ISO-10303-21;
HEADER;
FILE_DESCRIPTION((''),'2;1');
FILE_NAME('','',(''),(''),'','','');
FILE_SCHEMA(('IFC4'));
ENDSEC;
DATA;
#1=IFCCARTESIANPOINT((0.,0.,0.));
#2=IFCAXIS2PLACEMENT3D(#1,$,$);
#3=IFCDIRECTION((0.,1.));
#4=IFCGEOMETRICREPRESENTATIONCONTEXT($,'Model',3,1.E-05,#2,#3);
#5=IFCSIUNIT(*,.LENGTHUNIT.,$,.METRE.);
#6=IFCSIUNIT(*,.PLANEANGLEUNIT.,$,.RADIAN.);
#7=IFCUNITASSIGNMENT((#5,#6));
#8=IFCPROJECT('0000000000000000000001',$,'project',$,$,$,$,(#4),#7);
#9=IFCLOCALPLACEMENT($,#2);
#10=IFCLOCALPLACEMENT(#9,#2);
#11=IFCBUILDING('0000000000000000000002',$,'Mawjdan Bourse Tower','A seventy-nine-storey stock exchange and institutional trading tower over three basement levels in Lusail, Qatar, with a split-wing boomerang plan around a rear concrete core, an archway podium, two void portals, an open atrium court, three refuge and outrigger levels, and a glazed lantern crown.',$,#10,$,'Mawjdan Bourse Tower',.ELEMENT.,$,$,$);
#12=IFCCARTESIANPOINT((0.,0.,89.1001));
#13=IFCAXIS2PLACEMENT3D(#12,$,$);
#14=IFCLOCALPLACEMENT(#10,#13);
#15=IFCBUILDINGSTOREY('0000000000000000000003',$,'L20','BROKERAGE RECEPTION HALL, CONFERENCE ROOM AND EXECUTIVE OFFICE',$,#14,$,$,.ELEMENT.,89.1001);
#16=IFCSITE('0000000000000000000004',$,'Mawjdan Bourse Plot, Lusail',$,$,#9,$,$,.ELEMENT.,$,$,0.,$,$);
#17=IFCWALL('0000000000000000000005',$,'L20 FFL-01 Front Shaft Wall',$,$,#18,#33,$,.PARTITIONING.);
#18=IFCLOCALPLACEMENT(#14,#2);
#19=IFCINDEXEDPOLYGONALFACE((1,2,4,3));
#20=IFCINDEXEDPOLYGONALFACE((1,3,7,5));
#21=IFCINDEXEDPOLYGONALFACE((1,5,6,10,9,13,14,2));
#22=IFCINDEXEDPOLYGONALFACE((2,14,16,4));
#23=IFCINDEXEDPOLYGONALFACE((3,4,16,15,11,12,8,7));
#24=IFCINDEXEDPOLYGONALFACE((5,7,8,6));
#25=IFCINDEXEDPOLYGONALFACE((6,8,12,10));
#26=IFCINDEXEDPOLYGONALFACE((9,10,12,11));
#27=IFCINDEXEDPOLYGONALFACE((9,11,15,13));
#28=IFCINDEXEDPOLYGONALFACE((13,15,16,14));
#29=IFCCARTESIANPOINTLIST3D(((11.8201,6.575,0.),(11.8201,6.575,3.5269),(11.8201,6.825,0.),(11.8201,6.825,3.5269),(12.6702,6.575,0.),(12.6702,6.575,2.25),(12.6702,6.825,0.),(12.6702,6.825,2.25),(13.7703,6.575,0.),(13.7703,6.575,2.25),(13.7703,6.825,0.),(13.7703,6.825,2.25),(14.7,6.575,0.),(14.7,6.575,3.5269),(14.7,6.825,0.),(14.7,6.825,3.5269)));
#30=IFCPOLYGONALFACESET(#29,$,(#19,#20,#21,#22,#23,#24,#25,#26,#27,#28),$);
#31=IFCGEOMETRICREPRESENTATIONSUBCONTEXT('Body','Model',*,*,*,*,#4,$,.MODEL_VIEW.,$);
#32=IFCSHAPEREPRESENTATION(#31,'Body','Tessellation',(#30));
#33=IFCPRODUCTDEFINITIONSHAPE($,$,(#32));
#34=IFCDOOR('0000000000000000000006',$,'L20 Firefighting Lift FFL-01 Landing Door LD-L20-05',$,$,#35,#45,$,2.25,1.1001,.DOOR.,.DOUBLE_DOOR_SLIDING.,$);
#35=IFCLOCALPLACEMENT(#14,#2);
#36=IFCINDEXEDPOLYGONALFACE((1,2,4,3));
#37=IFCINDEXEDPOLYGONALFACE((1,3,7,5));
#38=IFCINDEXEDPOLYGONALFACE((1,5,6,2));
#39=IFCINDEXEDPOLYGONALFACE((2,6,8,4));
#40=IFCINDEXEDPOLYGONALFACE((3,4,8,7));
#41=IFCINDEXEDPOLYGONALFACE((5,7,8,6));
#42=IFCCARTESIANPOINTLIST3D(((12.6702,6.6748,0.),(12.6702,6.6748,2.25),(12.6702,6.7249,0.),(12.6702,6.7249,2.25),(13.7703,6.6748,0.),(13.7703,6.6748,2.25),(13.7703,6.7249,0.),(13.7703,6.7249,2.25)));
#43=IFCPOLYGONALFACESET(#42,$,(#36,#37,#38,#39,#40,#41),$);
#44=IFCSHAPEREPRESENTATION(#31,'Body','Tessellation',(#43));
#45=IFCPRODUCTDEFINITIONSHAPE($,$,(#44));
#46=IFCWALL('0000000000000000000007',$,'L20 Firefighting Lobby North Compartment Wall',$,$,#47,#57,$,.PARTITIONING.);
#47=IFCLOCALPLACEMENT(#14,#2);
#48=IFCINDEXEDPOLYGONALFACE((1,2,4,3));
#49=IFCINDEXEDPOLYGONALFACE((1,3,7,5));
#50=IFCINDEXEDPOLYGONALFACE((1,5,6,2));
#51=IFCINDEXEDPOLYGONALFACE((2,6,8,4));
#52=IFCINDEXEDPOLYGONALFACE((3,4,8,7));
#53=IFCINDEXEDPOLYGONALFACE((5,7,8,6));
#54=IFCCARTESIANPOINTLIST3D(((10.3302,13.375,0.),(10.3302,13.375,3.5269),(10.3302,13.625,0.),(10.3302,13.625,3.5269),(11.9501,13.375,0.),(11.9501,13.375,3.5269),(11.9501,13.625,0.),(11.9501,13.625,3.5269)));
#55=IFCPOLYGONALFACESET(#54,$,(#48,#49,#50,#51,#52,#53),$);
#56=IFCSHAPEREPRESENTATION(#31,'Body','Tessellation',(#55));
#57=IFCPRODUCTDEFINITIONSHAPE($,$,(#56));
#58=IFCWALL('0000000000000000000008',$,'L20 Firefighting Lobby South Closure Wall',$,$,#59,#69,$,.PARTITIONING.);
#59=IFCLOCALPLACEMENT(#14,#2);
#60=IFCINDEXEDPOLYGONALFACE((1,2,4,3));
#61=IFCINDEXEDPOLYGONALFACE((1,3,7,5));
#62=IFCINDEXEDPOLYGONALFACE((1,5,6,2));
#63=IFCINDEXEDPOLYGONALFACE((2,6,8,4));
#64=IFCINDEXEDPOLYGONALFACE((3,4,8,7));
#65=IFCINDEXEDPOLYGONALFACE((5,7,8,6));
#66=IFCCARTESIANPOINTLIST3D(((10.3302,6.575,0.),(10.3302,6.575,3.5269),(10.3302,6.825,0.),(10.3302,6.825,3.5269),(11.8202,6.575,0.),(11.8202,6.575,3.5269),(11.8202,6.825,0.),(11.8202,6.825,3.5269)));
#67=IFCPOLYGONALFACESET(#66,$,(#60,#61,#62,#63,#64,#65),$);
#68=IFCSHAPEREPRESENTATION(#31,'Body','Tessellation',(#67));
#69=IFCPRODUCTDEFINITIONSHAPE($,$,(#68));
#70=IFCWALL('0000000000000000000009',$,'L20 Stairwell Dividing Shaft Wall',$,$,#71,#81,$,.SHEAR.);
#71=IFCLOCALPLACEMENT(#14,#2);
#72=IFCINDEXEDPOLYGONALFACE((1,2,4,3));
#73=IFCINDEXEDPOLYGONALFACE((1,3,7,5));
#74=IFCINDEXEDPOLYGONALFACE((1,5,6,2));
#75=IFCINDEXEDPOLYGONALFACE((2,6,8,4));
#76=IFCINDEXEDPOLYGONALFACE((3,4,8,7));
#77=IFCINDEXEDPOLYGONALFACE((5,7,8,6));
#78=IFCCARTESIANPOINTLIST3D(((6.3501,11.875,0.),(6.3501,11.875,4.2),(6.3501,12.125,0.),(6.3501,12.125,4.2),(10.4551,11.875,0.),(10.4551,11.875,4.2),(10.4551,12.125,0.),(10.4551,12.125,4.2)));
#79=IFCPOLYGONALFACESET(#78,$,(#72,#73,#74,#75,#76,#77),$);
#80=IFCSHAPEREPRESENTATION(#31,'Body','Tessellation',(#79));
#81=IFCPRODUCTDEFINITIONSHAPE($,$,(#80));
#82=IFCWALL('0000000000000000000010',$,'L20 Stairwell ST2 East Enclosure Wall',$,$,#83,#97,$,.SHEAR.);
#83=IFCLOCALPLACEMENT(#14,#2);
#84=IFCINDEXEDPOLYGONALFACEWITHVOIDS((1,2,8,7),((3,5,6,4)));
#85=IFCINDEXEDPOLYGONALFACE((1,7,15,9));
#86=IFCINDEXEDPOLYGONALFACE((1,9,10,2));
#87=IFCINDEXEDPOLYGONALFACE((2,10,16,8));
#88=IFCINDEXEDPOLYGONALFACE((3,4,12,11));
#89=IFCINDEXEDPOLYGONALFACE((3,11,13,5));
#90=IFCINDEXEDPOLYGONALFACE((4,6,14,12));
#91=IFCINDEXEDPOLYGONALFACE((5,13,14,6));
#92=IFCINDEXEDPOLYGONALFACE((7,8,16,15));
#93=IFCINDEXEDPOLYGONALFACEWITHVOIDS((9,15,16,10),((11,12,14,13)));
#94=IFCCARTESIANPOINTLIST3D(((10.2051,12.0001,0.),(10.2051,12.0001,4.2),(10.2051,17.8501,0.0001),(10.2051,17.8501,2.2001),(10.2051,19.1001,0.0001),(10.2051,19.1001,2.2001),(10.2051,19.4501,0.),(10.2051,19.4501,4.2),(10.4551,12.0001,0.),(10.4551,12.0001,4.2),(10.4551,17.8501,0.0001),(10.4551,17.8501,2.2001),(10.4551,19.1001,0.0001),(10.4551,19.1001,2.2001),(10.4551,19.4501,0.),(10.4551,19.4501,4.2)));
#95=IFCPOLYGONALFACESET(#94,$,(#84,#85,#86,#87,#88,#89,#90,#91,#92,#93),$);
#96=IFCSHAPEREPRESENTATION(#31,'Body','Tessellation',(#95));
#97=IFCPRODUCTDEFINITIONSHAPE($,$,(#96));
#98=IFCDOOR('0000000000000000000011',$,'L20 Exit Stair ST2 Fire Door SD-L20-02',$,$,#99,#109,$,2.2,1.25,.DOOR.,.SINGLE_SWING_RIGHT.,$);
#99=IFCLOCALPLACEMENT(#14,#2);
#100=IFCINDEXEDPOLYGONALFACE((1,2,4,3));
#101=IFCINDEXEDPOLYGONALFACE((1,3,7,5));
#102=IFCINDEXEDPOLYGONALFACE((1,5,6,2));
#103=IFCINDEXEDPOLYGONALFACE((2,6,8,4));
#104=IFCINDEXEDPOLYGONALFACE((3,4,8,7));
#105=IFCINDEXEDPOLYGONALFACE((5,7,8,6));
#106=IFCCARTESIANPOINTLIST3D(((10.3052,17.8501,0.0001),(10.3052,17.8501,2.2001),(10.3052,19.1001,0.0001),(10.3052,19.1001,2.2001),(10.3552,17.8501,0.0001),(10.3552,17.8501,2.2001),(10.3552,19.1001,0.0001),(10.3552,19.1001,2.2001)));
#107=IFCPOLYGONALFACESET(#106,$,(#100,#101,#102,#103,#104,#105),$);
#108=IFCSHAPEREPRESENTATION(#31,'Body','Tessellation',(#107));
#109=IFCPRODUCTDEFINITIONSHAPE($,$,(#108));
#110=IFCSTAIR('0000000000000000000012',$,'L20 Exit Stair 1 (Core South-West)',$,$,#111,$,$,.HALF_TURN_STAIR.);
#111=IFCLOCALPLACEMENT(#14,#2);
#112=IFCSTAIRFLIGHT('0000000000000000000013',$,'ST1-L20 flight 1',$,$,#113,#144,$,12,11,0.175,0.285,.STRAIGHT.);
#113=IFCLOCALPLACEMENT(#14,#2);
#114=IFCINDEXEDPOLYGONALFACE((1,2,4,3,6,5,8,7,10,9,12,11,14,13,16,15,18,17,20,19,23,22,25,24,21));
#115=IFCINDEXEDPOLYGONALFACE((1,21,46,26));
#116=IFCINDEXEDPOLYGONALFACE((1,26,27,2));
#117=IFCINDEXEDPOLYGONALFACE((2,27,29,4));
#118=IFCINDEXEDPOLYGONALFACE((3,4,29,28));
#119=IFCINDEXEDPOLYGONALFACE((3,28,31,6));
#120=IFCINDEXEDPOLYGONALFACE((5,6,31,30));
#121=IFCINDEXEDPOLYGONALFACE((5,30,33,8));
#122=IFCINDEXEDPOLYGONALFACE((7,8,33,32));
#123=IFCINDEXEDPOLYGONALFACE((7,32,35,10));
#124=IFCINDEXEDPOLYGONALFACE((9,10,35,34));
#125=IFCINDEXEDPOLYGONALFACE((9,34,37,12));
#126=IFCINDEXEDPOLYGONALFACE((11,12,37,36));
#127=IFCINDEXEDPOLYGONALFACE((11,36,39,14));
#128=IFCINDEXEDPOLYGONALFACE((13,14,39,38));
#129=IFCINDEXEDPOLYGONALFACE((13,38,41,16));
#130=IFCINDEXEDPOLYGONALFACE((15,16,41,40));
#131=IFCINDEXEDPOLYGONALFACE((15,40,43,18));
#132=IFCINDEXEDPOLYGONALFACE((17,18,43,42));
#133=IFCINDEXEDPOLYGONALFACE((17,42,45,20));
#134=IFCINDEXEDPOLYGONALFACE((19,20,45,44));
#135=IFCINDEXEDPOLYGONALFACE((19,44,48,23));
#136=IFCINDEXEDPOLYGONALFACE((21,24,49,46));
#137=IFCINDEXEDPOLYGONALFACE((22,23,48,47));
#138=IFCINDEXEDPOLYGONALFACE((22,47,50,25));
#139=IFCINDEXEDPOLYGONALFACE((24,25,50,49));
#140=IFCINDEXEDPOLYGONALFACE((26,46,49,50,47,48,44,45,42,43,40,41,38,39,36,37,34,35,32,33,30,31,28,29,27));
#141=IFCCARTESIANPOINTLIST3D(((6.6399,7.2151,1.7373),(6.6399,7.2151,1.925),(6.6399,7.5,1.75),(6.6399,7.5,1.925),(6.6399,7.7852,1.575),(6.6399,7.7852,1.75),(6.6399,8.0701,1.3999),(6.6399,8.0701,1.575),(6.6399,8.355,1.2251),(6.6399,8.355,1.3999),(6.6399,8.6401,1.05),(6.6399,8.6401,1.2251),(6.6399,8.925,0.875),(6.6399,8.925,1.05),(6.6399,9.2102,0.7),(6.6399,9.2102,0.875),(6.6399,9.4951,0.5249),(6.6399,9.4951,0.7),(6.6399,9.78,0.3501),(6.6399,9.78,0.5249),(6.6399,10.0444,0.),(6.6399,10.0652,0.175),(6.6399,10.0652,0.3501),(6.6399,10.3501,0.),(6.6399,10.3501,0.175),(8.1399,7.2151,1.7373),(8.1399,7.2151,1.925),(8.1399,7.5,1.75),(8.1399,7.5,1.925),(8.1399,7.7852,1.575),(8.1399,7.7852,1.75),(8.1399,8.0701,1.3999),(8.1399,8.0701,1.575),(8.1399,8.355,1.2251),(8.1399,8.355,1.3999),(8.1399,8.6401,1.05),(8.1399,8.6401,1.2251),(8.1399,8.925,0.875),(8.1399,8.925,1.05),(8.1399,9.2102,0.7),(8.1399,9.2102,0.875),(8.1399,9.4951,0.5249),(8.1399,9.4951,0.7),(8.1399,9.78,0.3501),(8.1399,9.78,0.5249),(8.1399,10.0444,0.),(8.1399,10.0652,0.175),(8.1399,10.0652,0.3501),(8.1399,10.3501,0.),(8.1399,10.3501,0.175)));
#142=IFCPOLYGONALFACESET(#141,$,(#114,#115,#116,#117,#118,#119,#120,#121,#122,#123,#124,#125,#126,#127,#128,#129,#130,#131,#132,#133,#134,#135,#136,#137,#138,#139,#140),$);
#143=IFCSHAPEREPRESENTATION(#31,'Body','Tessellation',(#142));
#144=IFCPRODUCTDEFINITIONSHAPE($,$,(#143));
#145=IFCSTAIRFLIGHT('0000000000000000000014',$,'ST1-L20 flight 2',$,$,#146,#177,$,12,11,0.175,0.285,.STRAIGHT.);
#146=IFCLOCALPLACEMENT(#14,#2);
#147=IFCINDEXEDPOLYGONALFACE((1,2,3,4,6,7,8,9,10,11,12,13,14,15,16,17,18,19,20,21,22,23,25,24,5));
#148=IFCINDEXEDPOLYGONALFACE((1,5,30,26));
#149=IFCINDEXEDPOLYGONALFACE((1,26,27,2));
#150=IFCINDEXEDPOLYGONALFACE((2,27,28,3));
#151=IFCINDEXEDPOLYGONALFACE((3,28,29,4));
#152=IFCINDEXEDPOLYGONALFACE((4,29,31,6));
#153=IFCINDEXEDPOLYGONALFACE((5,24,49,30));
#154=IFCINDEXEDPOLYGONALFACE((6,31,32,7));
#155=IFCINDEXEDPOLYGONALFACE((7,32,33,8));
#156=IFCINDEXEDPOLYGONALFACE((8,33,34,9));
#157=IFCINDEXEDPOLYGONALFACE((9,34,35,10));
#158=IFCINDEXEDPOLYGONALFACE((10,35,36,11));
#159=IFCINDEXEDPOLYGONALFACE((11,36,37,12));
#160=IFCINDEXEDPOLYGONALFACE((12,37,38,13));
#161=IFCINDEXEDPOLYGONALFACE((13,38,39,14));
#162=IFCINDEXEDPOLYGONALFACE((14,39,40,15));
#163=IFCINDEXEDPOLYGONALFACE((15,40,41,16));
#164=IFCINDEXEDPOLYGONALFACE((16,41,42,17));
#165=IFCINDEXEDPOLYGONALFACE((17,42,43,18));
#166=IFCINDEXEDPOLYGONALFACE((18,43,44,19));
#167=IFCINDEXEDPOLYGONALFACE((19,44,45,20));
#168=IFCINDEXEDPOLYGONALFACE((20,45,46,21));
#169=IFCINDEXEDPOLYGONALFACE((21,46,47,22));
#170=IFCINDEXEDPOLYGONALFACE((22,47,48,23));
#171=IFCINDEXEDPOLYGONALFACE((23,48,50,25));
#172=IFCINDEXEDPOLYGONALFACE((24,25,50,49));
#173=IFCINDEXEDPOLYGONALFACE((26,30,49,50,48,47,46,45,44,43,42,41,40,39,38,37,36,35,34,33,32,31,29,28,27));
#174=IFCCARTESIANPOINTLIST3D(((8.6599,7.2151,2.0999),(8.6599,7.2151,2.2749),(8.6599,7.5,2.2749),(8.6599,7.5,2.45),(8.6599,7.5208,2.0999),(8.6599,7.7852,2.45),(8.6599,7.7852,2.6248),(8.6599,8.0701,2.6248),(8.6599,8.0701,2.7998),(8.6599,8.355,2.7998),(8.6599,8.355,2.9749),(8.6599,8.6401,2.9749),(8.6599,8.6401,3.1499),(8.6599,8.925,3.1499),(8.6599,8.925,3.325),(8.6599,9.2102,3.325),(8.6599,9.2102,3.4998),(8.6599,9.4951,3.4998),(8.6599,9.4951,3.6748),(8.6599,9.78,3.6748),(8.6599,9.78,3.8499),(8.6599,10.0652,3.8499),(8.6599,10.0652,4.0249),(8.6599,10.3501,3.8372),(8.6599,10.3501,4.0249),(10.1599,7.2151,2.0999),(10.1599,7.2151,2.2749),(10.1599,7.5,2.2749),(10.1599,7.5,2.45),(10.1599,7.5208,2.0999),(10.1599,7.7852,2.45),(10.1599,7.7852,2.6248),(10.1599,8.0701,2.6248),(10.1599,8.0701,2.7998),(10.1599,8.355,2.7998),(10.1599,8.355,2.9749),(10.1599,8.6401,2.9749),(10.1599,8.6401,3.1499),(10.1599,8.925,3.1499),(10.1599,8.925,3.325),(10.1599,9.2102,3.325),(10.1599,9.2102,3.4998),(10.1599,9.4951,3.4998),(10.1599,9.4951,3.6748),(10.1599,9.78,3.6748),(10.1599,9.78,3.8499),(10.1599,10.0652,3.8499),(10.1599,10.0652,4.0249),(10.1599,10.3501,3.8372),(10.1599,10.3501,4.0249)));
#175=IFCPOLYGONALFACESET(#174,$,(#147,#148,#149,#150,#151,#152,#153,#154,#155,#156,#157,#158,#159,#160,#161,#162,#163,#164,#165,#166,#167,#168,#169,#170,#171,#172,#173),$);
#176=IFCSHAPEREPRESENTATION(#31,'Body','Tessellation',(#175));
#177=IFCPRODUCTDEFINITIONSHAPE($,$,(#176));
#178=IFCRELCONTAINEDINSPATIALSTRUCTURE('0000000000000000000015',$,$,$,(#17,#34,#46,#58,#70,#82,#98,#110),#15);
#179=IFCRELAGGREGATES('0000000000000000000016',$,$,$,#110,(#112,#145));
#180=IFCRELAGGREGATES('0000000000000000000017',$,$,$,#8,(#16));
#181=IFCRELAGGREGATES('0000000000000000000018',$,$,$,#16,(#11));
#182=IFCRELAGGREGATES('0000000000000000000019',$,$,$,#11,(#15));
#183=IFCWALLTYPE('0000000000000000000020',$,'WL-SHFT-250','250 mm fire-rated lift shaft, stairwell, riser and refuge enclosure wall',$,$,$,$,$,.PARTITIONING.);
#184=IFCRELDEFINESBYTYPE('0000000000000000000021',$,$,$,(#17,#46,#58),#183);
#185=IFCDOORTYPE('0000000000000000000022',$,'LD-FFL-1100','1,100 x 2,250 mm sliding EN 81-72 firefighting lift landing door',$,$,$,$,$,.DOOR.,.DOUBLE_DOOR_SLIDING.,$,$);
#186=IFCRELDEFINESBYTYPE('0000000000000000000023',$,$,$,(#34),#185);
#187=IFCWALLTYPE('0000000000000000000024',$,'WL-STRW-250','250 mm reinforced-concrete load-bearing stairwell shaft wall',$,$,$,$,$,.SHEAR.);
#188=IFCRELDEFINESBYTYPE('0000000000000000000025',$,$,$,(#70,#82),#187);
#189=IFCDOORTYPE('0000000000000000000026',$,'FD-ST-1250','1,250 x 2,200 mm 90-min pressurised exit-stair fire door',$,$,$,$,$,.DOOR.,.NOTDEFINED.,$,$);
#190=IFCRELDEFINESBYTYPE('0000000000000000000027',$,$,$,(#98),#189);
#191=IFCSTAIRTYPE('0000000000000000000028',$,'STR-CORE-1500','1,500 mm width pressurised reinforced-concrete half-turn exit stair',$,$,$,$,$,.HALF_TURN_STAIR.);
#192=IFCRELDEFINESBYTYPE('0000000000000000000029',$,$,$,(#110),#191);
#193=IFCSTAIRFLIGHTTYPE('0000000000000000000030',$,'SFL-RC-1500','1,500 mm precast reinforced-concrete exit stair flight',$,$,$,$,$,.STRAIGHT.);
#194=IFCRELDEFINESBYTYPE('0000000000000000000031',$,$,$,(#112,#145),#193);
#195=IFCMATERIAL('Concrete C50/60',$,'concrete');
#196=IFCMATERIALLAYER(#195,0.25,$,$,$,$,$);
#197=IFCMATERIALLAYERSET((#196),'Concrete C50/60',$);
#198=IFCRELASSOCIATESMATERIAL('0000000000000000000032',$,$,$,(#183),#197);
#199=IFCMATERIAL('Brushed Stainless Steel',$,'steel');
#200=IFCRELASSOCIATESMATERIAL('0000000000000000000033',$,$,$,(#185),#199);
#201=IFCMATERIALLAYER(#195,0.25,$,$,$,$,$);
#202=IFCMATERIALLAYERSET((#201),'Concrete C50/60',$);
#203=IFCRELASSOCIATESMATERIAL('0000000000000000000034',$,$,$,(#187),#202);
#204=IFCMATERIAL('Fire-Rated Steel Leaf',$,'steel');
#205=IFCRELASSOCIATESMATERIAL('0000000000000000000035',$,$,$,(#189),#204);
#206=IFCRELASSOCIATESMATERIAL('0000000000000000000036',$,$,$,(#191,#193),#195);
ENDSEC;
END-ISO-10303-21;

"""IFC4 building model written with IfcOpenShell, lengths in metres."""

from ifc_helpers import new_model, si_unit, direction, frame, frame_2d, origin, place, context, subcontext, project, spatial, polyline, rectangle, outline, extrude, material, layer, layer_set, type_object, element, fill, aggregate, save


model = new_model("IFC4")

# Units and contexts
model_context = context("Model", 3, precision=1e-05, world=origin(), true_north=direction((0.0, 1.0)))
body_context = subcontext(model_context, "Body", "Model", "MODEL_VIEW")
ifc_project = project(units=[si_unit("LENGTHUNIT", "METRE"), si_unit("PLANEANGLEUNIT", "RADIAN")], contexts=[model_context])

# Site, building, storey
site_placement = place(None, origin())
site = spatial("IfcSite", under=ifc_project, at=site_placement, Name="Mawjdan Bourse Plot, Lusail", CompositionType="ELEMENT", RefElevation=0.0)
building_placement = place(site_placement, origin())
building = spatial("IfcBuilding", under=site, at=building_placement, Name="Mawjdan Bourse Tower", Description="A seventy-nine-storey stock exchange and institutional trading tower over three basement levels in Lusail, Qatar, with a split-wing boomerang plan around a rear concrete core, an archway podium, two void portals, an open atrium court, three refuge and outrigger levels, and a glazed lantern crown.", LongName="Mawjdan Bourse Tower", CompositionType="ELEMENT")
storey_placement = place(building_placement, frame((0.0, 0.0, 89.1001)))
storey = spatial("IfcBuildingStorey", under=building, at=storey_placement, Name="L20", Description="BROKERAGE RECEPTION HALL, CONFERENCE ROOM AND EXECUTIVE OFFICE", CompositionType="ELEMENT", Elevation=89.1001)

# Wall, opening, door
ifc_material_1 = material(Name="Concrete C50/60", Category="concrete")
ifc_layer_1 = layer(ifc_material_1, 0.25)
ifc_layer_set_1 = layer_set([ifc_layer_1], Name="Concrete C50/60")
wall_type_1 = type_object("IfcWallType", Name="WL-SHFT-250", Description="250 mm fire-rated lift shaft, stairwell, riser and refuge enclosure wall", PredefinedType="PARTITIONING", material=ifc_layer_set_1)
wall_1_placement = place(storey_placement, frame((11.8201, 6.7, 0.0), z_axis=(0.0, 0.0, 1.0), x_axis=(1.0, 0.0, 0.0)))
wall_1 = element("IfcWall", 1, at=wall_1_placement, inside=storey, type_object=wall_type_1, Name="L20 FFL-01 Front Shaft Wall", PredefinedType="PARTITIONING", context=body_context, shape_type="SweptSolid", body=[
    extrude(rectangle(XDim=2.8799, YDim=0.25, at=frame_2d((1.4399, 0.0))), origin(), (0.0, 0.0, 1.0), 3.5269),
])
opening_1_placement = place(wall_1_placement, frame((0.8501, 0.0, 0.0)))
opening_1 = element("IfcOpeningElement", 2, at=opening_1_placement, cuts=wall_1, PredefinedType="OPENING", context=body_context, shape_type="SweptSolid", body=[
    extrude(rectangle(XDim=1.1001, YDim=2.25, at=frame_2d((0.55, 1.125))), frame((0.0, 0.135, 0.0), z_axis=(0.0, -1.0, 0.0), x_axis=(1.0, 0.0, 0.0)), (0.0, 0.0, 1.0), 0.27),
])
ifc_material_2 = material(Name="Brushed Stainless Steel", Category="steel")
door_type_1 = type_object("IfcDoorType", Name="LD-FFL-1100", Description="1,100 x 2,250 mm sliding EN 81-72 firefighting lift landing door", OperationType="DOUBLE_DOOR_SLIDING", PredefinedType="DOOR", material=ifc_material_2)
door_1_placement = place(opening_1_placement, origin())
door_1 = element("IfcDoor", 3, at=door_1_placement, inside=storey, type_object=door_type_1, Name="L20 Firefighting Lift FFL-01 Landing Door LD-L20-05", OperationType="DOUBLE_DOOR_SLIDING", OverallHeight=2.25, OverallWidth=1.1001, PredefinedType="DOOR", context=body_context, shape_type="SweptSolid", body=[
    extrude(rectangle(XDim=1.1001, YDim=2.25, at=frame_2d((0.55, 1.125))), frame((0.0, 0.0249, 0.0), z_axis=(0.0, -1.0, 0.0), x_axis=(1.0, 0.0, 0.0)), (0.0, 0.0, 1.0), 0.05),
])
fill(opening_1, door_1)

# Walls
wall_2_placement = place(storey_placement, frame((10.3301, 13.5, 0.0), z_axis=(0.0, 0.0, 1.0), x_axis=(1.0, 0.0, 0.0)))
element("IfcWall", 4, at=wall_2_placement, inside=storey, type_object=wall_type_1, Name="L20 Firefighting Lobby North Compartment Wall", PredefinedType="PARTITIONING", context=body_context, shape_type="SweptSolid", body=[
    extrude(rectangle(XDim=1.6199, YDim=0.25, at=frame_2d((0.8101, 0.0))), origin(), (0.0, 0.0, 1.0), 3.5269),
])
wall_3_placement = place(storey_placement, frame((10.3301, 6.7, 0.0), z_axis=(0.0, 0.0, 1.0), x_axis=(1.0, 0.0, 0.0)))
element("IfcWall", 5, at=wall_3_placement, inside=storey, type_object=wall_type_1, Name="L20 Firefighting Lobby South Closure Wall", PredefinedType="PARTITIONING", context=body_context, shape_type="SweptSolid", body=[
    extrude(rectangle(XDim=1.49, YDim=0.25, at=frame_2d((0.7451, 0.0))), origin(), (0.0, 0.0, 1.0), 3.5269),
])
ifc_layer_2 = layer(ifc_material_1, 0.25)
ifc_layer_set_2 = layer_set([ifc_layer_2], Name="Concrete C50/60")
wall_type_2 = type_object("IfcWallType", Name="WL-STRW-250", Description="250 mm reinforced-concrete load-bearing stairwell shaft wall", PredefinedType="SHEAR", material=ifc_layer_set_2)
wall_4_placement = place(storey_placement, frame((6.3501, 12.0, 0.0), z_axis=(0.0, 0.0, 1.0), x_axis=(1.0, 0.0, 0.0)))
element("IfcWall", 6, at=wall_4_placement, inside=storey, type_object=wall_type_2, Name="L20 Stairwell Dividing Shaft Wall", PredefinedType="SHEAR", context=body_context, shape_type="SweptSolid", body=[
    extrude(rectangle(XDim=4.105, YDim=0.25, at=frame_2d((2.0525, 0.0))), origin(), (0.0, 0.0, 1.0), 4.2),
])

# Wall, opening, door
wall_5_placement = place(storey_placement, frame((10.3301, 12.0, 0.0), z_axis=(0.0, 0.0, 1.0), x_axis=(0.0, 1.0, 0.0)))
wall_5 = element("IfcWall", 7, at=wall_5_placement, inside=storey, type_object=wall_type_2, Name="L20 Stairwell ST2 East Enclosure Wall", PredefinedType="SHEAR", context=body_context, shape_type="SweptSolid", body=[
    extrude(rectangle(XDim=7.45, YDim=0.25, at=frame_2d((3.7251, 0.0))), origin(), (0.0, 0.0, 1.0), 4.2),
])
opening_2_placement = place(wall_5_placement, frame((5.8501, 0.0, 0.0)))
opening_2 = element("IfcOpeningElement", 8, at=opening_2_placement, cuts=wall_5, PredefinedType="OPENING", context=body_context, shape_type="SweptSolid", body=[
    extrude(rectangle(XDim=1.25, YDim=2.2, at=frame_2d((0.625, 1.1001))), frame((0.0, 0.135, 0.0), z_axis=(0.0, -1.0, 0.0), x_axis=(1.0, 0.0, 0.0)), (0.0, 0.0, 1.0), 0.27),
])
ifc_material_3 = material(Name="Fire-Rated Steel Leaf", Category="steel")
door_type_2 = type_object("IfcDoorType", Name="FD-ST-1250", Description="1,250 x 2,200 mm 90-min pressurised exit-stair fire door", OperationType="NOTDEFINED", PredefinedType="DOOR", material=ifc_material_3)
door_2_placement = place(opening_2_placement, origin())
door_2 = element("IfcDoor", 9, at=door_2_placement, inside=storey, type_object=door_type_2, Name="L20 Exit Stair ST2 Fire Door SD-L20-02", OperationType="SINGLE_SWING_RIGHT", OverallHeight=2.2, OverallWidth=1.25, PredefinedType="DOOR", context=body_context, shape_type="SweptSolid", body=[
    extrude(rectangle(XDim=1.25, YDim=2.2, at=frame_2d((0.625, 1.1001))), frame((0.0, 0.0249, 0.0), z_axis=(0.0, -1.0, 0.0), x_axis=(1.0, 0.0, 0.0)), (0.0, 0.0, 1.0), 0.05),
])
fill(opening_2, door_2)

# Stair, stair flights
stair_type = type_object("IfcStairType", Name="STR-CORE-1500", Description="1,500 mm width pressurised reinforced-concrete half-turn exit stair", PredefinedType="HALF_TURN_STAIR", material=ifc_material_1)
stair_1_placement = place(storey_placement, origin())
stair_1 = element("IfcStair", 10, at=stair_1_placement, inside=storey, type_object=stair_type, Name="L20 Exit Stair 1 (Core South-West)", PredefinedType="HALF_TURN_STAIR")
stair_flight_type = type_object("IfcStairFlightType", Name="SFL-RC-1500", Description="1,500 mm precast reinforced-concrete exit stair flight", PredefinedType="STRAIGHT", material=ifc_material_1)
stair_flight_1_placement = place(storey_placement, frame((7.3899, 10.3501, 0.0), z_axis=(0.0, 0.0, 1.0), x_axis=(0.0, -1.0, 0.0)))
stair_flight_1 = element("IfcStairFlight", 11, at=stair_flight_1_placement, type_object=stair_flight_type, Name="ST1-L20 flight 1", NumberOfRisers=12, NumberOfTreads=11, PredefinedType="STRAIGHT", RiserHeight=0.175, TreadLength=0.285, context=body_context, shape_type="SweptSolid", body=[
    extrude(outline(polyline([(0.0, 0.0), (0.0, 0.175), (0.2849, 0.175), (0.2849, 0.3501), (0.5701, 0.3501), (0.5701, 0.5249), (0.855, 0.5249), (0.855, 0.7), (1.1399, 0.7), (1.1399, 0.875), (1.425, 0.875), (1.425, 1.05), (1.71, 1.05), (1.71, 1.2251), (1.9951, 1.2251), (1.9951, 1.3999), (2.28, 1.3999), (2.28, 1.575), (2.5649, 1.575), (2.5649, 1.75), (2.8501, 1.75), (2.8501, 1.925), (3.135, 1.925), (3.135, 2.1001), (3.135, 1.7373), (0.3057, 0.0), (0.0, 0.0)])), frame((0.0, 0.75, 0.0), z_axis=(0.0, -1.0, 0.0), x_axis=(1.0, 0.0, 0.0)), (0.0, 0.0, 1.0), 1.5),
])
stair_flight_2_placement = place(storey_placement, frame((9.4099, 7.2151, 2.0999), z_axis=(0.0, 0.0, 1.0), x_axis=(0.0, 1.0, 0.0)))
stair_flight_2 = element("IfcStairFlight", 12, at=stair_flight_2_placement, type_object=stair_flight_type, Name="ST1-L20 flight 2", NumberOfRisers=12, NumberOfTreads=11, PredefinedType="STRAIGHT", RiserHeight=0.175, TreadLength=0.285, context=body_context, shape_type="SweptSolid", body=[
    extrude(outline(polyline([(0.0, 0.0), (0.0, 0.175), (0.2849, 0.175), (0.2849, 0.3501), (0.5701, 0.3501), (0.5701, 0.5249), (0.855, 0.5249), (0.855, 0.7), (1.1399, 0.7), (1.1399, 0.875), (1.425, 0.875), (1.425, 1.05), (1.71, 1.05), (1.71, 1.2251), (1.9951, 1.2251), (1.9951, 1.3999), (2.28, 1.3999), (2.28, 1.575), (2.5649, 1.575), (2.5649, 1.75), (2.8501, 1.75), (2.8501, 1.925), (3.135, 1.925), (3.135, 2.1001), (3.135, 1.7373), (0.3057, 0.0), (0.0, 0.0)])), frame((0.0, 0.75, 0.0), z_axis=(0.0, -1.0, 0.0), x_axis=(1.0, 0.0, 0.0)), (0.0, 0.0, 1.0), 1.5),
])
aggregate(stair_1, [stair_flight_1, stair_flight_2])

save(model, "model.ifc")
